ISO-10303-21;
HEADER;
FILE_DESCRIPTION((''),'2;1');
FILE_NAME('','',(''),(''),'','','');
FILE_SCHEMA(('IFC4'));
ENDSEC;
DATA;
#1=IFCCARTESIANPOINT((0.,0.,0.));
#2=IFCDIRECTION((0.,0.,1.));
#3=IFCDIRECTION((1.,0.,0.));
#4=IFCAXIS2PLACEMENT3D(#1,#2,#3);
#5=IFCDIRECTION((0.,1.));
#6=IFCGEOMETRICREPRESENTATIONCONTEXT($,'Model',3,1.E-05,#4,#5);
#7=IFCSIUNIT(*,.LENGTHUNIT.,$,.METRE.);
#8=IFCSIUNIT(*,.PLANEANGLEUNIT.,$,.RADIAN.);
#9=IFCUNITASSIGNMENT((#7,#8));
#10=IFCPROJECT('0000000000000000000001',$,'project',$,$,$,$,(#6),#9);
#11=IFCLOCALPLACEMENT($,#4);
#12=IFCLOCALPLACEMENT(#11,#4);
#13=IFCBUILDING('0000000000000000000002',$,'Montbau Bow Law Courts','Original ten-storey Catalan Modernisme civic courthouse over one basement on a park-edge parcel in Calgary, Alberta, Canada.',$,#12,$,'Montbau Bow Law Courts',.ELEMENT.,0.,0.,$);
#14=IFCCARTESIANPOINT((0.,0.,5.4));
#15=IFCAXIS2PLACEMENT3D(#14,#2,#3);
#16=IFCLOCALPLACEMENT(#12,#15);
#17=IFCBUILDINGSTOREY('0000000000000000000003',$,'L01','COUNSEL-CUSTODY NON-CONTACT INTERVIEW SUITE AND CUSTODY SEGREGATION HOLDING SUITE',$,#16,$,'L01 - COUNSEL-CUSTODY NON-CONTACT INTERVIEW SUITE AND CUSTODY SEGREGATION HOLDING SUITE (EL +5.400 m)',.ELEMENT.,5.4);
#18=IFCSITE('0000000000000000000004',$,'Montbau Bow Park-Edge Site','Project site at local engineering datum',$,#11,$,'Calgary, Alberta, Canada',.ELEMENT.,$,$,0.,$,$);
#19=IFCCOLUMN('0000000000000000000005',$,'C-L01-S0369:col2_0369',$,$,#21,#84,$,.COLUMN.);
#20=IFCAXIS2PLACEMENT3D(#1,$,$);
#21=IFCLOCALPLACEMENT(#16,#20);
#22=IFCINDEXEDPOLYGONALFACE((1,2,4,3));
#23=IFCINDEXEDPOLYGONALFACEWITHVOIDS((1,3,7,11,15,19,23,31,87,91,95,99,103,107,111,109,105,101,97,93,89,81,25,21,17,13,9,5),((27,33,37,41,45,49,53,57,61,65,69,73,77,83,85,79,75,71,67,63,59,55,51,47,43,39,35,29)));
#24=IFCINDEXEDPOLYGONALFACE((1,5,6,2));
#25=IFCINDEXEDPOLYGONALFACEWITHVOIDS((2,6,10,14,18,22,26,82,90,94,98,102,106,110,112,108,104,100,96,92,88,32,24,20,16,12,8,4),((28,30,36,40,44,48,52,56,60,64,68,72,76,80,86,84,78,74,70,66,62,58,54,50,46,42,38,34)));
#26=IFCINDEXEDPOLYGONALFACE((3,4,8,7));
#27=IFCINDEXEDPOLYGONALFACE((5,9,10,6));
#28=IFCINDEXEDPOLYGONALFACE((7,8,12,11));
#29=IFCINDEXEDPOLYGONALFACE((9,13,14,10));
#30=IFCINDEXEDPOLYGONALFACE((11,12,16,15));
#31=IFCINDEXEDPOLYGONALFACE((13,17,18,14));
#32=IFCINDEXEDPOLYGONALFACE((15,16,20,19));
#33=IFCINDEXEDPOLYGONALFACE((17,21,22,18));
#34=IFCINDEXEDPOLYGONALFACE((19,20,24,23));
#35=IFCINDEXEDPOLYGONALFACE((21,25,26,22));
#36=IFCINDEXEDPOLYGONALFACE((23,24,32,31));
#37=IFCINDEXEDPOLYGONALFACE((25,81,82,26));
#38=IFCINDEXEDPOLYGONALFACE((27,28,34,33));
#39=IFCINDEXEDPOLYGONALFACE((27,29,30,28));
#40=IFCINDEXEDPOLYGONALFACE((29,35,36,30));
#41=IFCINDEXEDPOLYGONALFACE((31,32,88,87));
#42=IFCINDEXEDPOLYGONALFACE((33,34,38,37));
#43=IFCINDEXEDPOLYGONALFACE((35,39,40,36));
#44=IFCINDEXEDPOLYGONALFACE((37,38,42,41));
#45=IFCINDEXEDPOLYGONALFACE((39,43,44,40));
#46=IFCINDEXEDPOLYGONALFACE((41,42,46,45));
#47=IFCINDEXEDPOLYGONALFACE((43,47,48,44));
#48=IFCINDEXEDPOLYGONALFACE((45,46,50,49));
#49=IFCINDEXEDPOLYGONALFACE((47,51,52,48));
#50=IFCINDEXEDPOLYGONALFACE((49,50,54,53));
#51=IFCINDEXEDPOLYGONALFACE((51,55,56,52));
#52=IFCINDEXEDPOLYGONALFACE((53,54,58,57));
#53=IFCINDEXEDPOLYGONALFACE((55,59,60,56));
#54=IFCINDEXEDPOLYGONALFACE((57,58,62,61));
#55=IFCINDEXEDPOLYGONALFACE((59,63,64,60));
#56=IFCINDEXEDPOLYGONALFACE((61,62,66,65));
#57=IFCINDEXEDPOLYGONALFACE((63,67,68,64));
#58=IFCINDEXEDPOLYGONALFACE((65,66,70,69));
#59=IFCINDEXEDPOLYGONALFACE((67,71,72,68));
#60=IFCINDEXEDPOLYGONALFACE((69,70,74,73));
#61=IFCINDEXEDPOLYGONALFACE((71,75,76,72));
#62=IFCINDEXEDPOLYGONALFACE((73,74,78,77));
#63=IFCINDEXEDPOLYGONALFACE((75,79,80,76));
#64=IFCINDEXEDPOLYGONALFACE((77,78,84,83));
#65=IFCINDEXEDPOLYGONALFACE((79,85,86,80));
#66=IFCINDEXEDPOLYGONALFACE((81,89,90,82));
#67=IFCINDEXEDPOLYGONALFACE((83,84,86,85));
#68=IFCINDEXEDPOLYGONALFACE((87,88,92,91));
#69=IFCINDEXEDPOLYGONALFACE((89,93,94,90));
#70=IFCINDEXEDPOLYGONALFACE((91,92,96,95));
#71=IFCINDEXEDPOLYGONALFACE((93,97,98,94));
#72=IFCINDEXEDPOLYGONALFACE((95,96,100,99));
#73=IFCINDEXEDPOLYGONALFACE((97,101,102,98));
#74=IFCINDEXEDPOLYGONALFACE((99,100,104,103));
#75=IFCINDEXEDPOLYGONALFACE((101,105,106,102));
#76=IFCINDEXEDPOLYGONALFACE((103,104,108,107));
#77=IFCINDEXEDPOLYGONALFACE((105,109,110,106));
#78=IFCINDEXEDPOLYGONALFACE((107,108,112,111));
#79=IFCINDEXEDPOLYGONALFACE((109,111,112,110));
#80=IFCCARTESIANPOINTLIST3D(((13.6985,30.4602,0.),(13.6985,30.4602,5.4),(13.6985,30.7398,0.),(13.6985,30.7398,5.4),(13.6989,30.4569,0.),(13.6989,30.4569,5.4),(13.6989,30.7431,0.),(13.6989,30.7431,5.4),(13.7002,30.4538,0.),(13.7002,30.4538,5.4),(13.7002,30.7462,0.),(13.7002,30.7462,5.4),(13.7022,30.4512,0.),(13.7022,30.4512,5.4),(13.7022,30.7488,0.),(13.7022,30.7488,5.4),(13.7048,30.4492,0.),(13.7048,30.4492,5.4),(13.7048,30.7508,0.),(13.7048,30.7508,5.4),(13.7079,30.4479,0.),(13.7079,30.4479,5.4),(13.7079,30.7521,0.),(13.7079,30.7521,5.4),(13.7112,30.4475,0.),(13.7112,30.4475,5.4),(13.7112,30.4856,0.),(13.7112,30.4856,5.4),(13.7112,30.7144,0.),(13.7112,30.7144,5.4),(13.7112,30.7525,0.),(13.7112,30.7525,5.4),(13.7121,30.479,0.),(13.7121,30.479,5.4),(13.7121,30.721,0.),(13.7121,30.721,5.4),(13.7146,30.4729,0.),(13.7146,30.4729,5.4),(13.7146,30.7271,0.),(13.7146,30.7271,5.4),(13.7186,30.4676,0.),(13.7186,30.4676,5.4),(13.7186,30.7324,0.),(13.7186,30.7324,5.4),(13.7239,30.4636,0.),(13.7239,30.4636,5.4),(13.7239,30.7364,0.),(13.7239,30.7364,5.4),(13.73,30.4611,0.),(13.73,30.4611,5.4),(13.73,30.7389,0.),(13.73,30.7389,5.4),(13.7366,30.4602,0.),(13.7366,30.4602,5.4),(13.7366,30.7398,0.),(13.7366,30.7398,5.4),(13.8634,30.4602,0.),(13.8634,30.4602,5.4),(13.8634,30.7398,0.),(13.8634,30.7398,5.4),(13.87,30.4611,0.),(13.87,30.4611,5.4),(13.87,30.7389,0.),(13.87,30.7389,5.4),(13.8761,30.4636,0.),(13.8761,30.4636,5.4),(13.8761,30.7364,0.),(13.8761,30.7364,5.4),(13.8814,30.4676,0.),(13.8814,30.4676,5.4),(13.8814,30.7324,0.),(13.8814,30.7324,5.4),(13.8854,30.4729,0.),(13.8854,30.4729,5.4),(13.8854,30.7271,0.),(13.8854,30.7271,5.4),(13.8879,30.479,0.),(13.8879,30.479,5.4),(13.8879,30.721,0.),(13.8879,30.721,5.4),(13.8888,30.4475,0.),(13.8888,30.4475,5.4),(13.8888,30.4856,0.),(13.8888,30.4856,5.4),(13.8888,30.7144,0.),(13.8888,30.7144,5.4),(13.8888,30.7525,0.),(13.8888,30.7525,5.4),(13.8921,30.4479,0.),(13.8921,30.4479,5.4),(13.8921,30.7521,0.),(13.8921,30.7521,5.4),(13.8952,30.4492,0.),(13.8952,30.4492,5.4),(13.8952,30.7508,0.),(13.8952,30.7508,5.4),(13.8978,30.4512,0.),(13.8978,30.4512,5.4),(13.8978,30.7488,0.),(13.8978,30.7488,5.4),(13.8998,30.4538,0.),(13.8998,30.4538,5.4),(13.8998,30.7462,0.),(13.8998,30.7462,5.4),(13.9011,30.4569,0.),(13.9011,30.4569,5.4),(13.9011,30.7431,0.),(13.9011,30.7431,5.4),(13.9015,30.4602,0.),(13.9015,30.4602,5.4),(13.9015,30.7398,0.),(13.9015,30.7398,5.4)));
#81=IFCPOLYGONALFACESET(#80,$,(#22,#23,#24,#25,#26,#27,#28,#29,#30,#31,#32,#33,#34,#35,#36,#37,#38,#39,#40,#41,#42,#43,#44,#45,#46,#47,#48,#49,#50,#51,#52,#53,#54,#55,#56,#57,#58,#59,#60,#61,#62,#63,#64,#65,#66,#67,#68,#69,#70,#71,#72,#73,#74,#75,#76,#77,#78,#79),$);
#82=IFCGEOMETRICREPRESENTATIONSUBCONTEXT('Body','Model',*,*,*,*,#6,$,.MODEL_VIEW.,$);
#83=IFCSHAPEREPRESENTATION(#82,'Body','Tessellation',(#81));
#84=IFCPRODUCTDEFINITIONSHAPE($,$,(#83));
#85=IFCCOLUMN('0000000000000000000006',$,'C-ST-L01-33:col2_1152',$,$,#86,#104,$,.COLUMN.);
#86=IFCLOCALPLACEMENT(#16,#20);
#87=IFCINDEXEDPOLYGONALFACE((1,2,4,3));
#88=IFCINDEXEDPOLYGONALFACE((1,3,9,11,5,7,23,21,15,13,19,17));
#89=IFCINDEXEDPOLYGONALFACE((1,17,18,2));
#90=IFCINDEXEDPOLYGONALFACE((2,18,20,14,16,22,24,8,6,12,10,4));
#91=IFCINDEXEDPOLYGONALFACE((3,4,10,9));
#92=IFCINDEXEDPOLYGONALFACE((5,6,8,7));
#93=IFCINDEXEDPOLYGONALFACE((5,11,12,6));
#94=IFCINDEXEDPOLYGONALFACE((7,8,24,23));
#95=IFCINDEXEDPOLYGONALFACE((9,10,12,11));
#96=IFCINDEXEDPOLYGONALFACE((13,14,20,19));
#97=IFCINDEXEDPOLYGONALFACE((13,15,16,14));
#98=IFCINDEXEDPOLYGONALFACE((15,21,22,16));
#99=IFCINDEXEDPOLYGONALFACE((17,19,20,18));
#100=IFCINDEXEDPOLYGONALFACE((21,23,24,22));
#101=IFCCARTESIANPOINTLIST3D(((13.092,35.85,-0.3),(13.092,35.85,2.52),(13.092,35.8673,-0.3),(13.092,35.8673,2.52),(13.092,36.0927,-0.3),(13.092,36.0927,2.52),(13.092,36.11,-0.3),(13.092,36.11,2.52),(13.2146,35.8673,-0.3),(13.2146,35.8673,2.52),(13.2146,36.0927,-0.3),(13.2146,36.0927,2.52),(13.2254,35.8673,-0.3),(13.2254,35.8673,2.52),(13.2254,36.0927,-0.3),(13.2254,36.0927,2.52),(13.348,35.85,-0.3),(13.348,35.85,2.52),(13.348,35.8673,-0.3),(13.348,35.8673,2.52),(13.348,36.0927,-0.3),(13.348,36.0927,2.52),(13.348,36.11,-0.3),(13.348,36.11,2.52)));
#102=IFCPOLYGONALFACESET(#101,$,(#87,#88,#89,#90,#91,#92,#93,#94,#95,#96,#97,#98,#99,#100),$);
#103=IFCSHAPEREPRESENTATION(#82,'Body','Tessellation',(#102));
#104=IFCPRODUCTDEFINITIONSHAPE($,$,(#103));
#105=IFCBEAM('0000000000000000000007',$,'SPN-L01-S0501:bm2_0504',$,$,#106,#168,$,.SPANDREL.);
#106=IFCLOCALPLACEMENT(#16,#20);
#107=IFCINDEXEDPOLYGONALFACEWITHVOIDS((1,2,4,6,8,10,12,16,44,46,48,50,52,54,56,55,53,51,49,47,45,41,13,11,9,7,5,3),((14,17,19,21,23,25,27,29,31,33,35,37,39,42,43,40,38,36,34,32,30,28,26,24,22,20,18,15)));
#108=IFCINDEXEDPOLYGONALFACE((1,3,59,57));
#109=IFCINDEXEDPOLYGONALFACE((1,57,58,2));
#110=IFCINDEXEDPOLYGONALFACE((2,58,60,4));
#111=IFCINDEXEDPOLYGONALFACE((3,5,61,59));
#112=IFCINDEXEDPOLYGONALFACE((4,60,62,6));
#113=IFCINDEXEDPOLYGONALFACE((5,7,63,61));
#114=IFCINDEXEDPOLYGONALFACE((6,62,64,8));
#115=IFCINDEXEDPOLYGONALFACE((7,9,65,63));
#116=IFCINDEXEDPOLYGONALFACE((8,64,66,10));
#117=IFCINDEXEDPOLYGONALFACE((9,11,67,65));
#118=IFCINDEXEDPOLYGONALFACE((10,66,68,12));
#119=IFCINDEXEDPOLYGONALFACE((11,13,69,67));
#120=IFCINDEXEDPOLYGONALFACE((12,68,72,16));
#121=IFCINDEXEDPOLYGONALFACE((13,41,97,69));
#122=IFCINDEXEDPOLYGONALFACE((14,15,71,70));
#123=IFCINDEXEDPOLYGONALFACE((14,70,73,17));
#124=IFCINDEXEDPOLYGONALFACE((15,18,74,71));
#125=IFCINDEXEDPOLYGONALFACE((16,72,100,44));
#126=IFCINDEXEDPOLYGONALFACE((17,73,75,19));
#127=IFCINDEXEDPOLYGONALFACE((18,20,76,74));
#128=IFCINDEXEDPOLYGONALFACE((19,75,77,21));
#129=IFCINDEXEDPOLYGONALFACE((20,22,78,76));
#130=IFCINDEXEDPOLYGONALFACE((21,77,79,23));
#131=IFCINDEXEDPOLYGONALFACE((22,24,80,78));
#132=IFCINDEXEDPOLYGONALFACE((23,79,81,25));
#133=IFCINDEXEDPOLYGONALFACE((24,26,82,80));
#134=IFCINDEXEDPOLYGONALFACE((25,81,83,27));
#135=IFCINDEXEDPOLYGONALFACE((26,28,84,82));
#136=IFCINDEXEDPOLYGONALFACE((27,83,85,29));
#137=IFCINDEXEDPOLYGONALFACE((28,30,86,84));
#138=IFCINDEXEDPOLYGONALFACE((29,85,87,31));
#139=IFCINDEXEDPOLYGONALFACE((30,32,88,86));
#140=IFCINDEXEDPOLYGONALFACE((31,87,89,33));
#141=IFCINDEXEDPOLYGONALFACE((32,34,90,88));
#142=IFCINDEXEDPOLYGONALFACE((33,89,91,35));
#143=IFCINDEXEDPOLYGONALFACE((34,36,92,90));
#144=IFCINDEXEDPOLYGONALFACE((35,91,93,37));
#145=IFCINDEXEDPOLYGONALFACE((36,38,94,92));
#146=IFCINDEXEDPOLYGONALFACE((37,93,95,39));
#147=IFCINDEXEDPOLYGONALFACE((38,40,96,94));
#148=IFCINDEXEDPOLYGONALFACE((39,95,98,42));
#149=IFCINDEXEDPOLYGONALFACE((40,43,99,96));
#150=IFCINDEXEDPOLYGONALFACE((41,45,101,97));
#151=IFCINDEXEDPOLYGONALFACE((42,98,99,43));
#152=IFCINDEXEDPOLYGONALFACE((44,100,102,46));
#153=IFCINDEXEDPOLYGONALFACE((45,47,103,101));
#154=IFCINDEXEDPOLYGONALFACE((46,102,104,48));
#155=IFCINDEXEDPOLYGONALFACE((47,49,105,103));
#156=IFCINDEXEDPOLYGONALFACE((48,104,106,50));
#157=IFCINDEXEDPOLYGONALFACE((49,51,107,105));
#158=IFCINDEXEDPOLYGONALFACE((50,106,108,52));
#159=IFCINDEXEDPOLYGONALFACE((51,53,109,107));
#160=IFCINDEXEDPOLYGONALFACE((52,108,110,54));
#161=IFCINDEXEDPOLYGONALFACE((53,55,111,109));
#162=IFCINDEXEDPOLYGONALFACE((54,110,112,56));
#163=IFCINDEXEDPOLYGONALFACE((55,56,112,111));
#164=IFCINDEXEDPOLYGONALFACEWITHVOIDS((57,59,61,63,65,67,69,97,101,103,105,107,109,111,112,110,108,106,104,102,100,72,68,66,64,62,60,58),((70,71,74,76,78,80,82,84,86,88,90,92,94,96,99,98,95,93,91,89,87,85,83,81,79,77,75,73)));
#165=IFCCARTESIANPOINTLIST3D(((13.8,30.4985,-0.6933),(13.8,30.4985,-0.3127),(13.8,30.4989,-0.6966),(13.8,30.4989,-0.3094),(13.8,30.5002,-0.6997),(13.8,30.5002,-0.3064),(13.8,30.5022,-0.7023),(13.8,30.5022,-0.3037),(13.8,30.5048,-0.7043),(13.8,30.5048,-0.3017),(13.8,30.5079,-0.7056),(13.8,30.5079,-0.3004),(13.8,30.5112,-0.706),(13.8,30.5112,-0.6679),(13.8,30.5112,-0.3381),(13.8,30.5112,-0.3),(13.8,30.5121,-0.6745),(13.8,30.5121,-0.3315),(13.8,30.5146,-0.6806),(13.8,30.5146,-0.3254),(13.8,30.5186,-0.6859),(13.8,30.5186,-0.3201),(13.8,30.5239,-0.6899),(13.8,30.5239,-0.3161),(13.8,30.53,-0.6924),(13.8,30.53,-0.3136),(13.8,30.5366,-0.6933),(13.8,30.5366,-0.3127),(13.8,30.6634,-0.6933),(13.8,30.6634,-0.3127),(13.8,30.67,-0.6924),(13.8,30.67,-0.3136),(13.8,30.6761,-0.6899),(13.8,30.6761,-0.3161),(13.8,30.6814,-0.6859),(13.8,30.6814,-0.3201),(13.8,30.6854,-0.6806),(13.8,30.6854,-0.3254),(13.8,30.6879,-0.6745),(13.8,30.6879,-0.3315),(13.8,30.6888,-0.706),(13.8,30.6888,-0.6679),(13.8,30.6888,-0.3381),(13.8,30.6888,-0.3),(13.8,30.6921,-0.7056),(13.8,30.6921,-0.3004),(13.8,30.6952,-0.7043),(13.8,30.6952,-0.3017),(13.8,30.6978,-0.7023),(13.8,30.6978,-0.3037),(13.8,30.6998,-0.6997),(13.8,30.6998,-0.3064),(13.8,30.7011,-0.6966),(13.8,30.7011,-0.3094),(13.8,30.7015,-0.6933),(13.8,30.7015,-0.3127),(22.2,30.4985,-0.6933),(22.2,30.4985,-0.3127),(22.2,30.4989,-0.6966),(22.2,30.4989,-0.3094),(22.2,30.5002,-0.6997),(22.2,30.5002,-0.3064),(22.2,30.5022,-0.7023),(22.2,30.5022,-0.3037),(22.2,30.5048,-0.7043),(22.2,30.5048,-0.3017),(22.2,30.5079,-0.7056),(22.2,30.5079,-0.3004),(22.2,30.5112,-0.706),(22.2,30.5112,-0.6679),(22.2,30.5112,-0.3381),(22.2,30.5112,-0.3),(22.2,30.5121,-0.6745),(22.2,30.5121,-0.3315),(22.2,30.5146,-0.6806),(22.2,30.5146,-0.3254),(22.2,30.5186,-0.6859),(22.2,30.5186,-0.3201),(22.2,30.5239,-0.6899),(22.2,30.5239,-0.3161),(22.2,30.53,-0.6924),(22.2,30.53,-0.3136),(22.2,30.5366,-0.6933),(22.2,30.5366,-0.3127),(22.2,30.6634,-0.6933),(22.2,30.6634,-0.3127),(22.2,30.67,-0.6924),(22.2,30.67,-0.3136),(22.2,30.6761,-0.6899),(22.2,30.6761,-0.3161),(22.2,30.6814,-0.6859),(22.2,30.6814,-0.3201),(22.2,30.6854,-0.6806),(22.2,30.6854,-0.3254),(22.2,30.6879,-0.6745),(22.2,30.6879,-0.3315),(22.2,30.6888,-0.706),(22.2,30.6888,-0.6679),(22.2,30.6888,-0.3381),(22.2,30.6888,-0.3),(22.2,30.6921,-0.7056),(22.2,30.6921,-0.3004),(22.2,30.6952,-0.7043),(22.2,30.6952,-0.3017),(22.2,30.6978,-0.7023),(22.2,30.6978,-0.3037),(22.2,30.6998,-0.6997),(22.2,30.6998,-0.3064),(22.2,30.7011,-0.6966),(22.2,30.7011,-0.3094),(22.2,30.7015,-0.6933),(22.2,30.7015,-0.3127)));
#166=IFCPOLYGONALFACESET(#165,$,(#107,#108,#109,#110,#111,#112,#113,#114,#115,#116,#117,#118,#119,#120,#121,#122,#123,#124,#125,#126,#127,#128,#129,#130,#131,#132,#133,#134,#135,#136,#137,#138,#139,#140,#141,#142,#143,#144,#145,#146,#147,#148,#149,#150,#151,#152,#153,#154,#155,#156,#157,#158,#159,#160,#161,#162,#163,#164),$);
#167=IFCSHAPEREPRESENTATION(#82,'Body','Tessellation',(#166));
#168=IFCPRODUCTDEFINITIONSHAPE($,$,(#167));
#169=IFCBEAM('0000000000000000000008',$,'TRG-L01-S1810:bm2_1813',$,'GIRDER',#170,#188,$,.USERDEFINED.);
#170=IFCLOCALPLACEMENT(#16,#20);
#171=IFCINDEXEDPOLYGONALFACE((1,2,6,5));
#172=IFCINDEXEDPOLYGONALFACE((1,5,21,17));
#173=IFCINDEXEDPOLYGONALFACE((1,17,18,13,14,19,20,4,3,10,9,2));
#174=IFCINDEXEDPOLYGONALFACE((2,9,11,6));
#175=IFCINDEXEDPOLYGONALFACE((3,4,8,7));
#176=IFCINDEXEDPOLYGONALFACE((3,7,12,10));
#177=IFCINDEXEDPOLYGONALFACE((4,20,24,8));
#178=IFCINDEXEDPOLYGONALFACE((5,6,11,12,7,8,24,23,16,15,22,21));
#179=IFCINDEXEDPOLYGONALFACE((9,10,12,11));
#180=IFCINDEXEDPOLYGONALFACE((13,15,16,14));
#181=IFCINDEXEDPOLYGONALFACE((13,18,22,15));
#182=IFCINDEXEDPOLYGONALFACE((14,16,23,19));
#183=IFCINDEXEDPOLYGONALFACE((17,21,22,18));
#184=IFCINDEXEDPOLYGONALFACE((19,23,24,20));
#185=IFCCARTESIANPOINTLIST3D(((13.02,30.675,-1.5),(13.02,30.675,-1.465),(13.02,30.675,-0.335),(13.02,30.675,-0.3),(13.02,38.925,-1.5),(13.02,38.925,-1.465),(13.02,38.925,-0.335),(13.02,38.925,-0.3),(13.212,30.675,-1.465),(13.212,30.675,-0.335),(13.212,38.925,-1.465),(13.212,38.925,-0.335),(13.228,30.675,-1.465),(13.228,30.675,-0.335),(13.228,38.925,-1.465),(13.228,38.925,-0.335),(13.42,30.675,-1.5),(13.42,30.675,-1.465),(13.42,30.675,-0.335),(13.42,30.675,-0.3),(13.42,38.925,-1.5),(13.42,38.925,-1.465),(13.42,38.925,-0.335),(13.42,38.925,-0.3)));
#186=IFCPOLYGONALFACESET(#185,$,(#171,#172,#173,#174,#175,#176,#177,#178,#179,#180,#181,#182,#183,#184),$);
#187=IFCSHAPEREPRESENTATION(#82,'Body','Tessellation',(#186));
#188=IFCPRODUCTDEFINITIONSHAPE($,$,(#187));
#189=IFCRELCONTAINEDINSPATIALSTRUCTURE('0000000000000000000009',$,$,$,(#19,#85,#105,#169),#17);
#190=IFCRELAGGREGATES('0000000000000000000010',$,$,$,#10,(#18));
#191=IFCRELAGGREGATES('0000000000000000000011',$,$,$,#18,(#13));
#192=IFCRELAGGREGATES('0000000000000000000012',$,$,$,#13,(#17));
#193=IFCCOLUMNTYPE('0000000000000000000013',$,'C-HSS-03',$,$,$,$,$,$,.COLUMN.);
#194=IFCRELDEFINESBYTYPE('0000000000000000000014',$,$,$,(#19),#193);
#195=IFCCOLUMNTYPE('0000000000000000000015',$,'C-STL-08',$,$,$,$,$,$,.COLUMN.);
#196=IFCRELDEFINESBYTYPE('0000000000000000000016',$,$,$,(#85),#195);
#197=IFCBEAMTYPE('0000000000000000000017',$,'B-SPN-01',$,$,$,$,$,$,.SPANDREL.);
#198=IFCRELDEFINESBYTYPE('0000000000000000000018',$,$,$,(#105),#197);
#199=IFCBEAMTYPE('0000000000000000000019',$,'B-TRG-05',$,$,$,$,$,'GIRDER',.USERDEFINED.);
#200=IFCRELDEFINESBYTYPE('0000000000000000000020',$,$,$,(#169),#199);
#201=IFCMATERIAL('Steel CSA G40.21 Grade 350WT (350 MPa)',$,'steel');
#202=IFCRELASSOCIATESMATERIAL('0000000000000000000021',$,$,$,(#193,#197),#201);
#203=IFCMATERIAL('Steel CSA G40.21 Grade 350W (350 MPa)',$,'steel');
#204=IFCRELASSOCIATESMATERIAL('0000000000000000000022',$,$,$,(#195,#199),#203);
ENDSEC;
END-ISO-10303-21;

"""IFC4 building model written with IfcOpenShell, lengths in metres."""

from ifc_helpers import new_model, si_unit, direction, frame, origin_with_axes, origin_2d_with_axis, place, context, subcontext, project, spatial, hollow_rectangle, i_section, extrude, material, material_profile, profile_set, type_object, element, save


model = new_model("IFC4")

# Units and contexts
model_context = context("Model", 3, precision=1e-05, world=origin_with_axes(), true_north=direction((0.0, 1.0)))
body_context = subcontext(model_context, "Body", "Model", "MODEL_VIEW")
ifc_project = project(units=[si_unit("LENGTHUNIT", "METRE"), si_unit("PLANEANGLEUNIT", "RADIAN")], contexts=[model_context])

# Site, building, storey
site_placement = place(None, origin_with_axes())
site = spatial("IfcSite", under=ifc_project, at=site_placement, Name="Montbau Bow Park-Edge Site", Description="Project site at local engineering datum", LongName="Calgary, Alberta, Canada", CompositionType="ELEMENT", RefElevation=0.0)
building_placement = place(site_placement, origin_with_axes())
building = spatial("IfcBuilding", under=site, at=building_placement, Name="Montbau Bow Law Courts", Description="Original ten-storey Catalan Modernisme civic courthouse over one basement on a park-edge parcel in Calgary, Alberta, Canada.", LongName="Montbau Bow Law Courts", CompositionType="ELEMENT", ElevationOfRefHeight=0.0, ElevationOfTerrain=0.0)
storey_placement = place(building_placement, frame((0.0, 0.0, 5.4), z_axis=(0.0, 0.0, 1.0), x_axis=(1.0, 0.0, 0.0)))
storey = spatial("IfcBuildingStorey", under=building, at=storey_placement, Name="L01", Description="COUNSEL-CUSTODY NON-CONTACT INTERVIEW SUITE AND CUSTODY SEGREGATION HOLDING SUITE", LongName="L01 - COUNSEL-CUSTODY NON-CONTACT INTERVIEW SUITE AND CUSTODY SEGREGATION HOLDING SUITE (EL +5.400 m)", CompositionType="ELEMENT", Elevation=5.4)

# Columns
ifc_material_1 = material(Name="Steel CSA G40.21 Grade 350WT (350 MPa)", Category="steel")
ifc_material_profile_1 = material_profile(ifc_material_1, hollow_rectangle(XDim=0.203, YDim=0.305, WallThickness=0.0127, InnerFilletRadius=0.0254, OuterFilletRadius=0.0127, at=origin_2d_with_axis()), Name="HSS305X203X13", Category="Main", Priority=0)
ifc_profile_set_1 = profile_set([ifc_material_profile_1], Name="Steel CSA G40.21 Grade 350WT (350 MPa)")
column_type_1 = type_object("IfcColumnType", Name="C-HSS-03", PredefinedType="COLUMN", material=ifc_profile_set_1)
column_1_placement = place(None, frame((13.8, 30.6, 5.4), z_axis=(0.0, 0.0, 1.0), x_axis=(1.0, 0.0, 0.0)))
element("IfcColumn", 1, at=column_1_placement, inside=storey, type_object=column_type_1, Name="C-L01-S0369:col2_0369", PredefinedType="COLUMN", context=body_context, shape_type="SweptSolid", body=[
    extrude(hollow_rectangle(XDim=0.203, YDim=0.305, WallThickness=0.0127, InnerFilletRadius=0.0254, OuterFilletRadius=0.0127, at=origin_2d_with_axis()), origin_with_axes(), (0.0, 0.0, 1.0), 5.4),
])
ifc_material_2 = material(Name="Steel CSA G40.21 Grade 350W (350 MPa)", Category="steel")
ifc_material_profile_2 = material_profile(ifc_material_2, i_section(OverallWidth=0.256, OverallDepth=0.26, WebThickness=0.0107, FlangeThickness=0.0173, at=origin_2d_with_axis()), Name="W250X89", Category="Main", Priority=0)
ifc_profile_set_2 = profile_set([ifc_material_profile_2], Name="Steel CSA G40.21 Grade 350W (350 MPa)")
column_type_2 = type_object("IfcColumnType", Name="C-STL-08", PredefinedType="COLUMN", material=ifc_profile_set_2)
column_2_placement = place(None, frame((13.22, 35.98, 5.1), z_axis=(0.0, 0.0, 1.0), x_axis=(1.0, 0.0, 0.0)))
element("IfcColumn", 2, at=column_2_placement, inside=storey, type_object=column_type_2, Name="C-ST-L01-33:col2_1152", PredefinedType="COLUMN", context=body_context, shape_type="SweptSolid", body=[
    extrude(i_section(OverallWidth=0.256, OverallDepth=0.26, WebThickness=0.0107, FlangeThickness=0.0173, at=origin_2d_with_axis()), origin_with_axes(), (0.0, 0.0, 1.0), 2.82),
])

# Beams
ifc_material_profile_3 = material_profile(ifc_material_1, hollow_rectangle(XDim=0.203, YDim=0.406, WallThickness=0.0127, InnerFilletRadius=0.0254, OuterFilletRadius=0.0127, at=origin_2d_with_axis()), Name="HSS406X203X13", Category="Main", Priority=0)
ifc_profile_set_3 = profile_set([ifc_material_profile_3], Name="Steel CSA G40.21 Grade 350WT (350 MPa)")
beam_type_1 = type_object("IfcBeamType", Name="B-SPN-01", PredefinedType="SPANDREL", material=ifc_profile_set_3)
beam_1_placement = place(None, frame((13.8, 30.6, 4.897), z_axis=(1.0, 0.0, 0.0), x_axis=(0.0, 1.0, 0.0)))
element("IfcBeam", 3, at=beam_1_placement, inside=storey, type_object=beam_type_1, Name="SPN-L01-S0501:bm2_0504", PredefinedType="SPANDREL", context=body_context, shape_type="SweptSolid", body=[
    extrude(hollow_rectangle(XDim=0.203, YDim=0.406, WallThickness=0.0127, InnerFilletRadius=0.0254, OuterFilletRadius=0.0127, at=origin_2d_with_axis()), origin_with_axes(), (0.0, 0.0, 1.0), 8.4),
])
ifc_material_profile_4 = material_profile(ifc_material_2, i_section(OverallWidth=0.4, OverallDepth=1.2, WebThickness=0.016, FlangeThickness=0.035, at=origin_2d_with_axis()), Name="WWF1200X302", Category="Main", Priority=0)
ifc_profile_set_4 = profile_set([ifc_material_profile_4], Name="Steel CSA G40.21 Grade 350W (350 MPa)")
beam_type_2 = type_object("IfcBeamType", Name="B-TRG-05", ElementType="GIRDER", PredefinedType="USERDEFINED", material=ifc_profile_set_4)
beam_2_placement = place(None, frame((13.22, 30.675, 4.5), z_axis=(0.0, 1.0, 0.0), x_axis=(-1.0, 0.0, 0.0)))
element("IfcBeam", 4, at=beam_2_placement, inside=storey, type_object=beam_type_2, Name="TRG-L01-S1810:bm2_1813", ObjectType="GIRDER", PredefinedType="USERDEFINED", context=body_context, shape_type="SweptSolid", body=[
    extrude(i_section(OverallWidth=0.4, OverallDepth=1.2, WebThickness=0.016, FlangeThickness=0.035, at=origin_2d_with_axis()), origin_with_axes(), (0.0, 0.0, 1.0), 8.25),
])

save(model, "model.ifc")
